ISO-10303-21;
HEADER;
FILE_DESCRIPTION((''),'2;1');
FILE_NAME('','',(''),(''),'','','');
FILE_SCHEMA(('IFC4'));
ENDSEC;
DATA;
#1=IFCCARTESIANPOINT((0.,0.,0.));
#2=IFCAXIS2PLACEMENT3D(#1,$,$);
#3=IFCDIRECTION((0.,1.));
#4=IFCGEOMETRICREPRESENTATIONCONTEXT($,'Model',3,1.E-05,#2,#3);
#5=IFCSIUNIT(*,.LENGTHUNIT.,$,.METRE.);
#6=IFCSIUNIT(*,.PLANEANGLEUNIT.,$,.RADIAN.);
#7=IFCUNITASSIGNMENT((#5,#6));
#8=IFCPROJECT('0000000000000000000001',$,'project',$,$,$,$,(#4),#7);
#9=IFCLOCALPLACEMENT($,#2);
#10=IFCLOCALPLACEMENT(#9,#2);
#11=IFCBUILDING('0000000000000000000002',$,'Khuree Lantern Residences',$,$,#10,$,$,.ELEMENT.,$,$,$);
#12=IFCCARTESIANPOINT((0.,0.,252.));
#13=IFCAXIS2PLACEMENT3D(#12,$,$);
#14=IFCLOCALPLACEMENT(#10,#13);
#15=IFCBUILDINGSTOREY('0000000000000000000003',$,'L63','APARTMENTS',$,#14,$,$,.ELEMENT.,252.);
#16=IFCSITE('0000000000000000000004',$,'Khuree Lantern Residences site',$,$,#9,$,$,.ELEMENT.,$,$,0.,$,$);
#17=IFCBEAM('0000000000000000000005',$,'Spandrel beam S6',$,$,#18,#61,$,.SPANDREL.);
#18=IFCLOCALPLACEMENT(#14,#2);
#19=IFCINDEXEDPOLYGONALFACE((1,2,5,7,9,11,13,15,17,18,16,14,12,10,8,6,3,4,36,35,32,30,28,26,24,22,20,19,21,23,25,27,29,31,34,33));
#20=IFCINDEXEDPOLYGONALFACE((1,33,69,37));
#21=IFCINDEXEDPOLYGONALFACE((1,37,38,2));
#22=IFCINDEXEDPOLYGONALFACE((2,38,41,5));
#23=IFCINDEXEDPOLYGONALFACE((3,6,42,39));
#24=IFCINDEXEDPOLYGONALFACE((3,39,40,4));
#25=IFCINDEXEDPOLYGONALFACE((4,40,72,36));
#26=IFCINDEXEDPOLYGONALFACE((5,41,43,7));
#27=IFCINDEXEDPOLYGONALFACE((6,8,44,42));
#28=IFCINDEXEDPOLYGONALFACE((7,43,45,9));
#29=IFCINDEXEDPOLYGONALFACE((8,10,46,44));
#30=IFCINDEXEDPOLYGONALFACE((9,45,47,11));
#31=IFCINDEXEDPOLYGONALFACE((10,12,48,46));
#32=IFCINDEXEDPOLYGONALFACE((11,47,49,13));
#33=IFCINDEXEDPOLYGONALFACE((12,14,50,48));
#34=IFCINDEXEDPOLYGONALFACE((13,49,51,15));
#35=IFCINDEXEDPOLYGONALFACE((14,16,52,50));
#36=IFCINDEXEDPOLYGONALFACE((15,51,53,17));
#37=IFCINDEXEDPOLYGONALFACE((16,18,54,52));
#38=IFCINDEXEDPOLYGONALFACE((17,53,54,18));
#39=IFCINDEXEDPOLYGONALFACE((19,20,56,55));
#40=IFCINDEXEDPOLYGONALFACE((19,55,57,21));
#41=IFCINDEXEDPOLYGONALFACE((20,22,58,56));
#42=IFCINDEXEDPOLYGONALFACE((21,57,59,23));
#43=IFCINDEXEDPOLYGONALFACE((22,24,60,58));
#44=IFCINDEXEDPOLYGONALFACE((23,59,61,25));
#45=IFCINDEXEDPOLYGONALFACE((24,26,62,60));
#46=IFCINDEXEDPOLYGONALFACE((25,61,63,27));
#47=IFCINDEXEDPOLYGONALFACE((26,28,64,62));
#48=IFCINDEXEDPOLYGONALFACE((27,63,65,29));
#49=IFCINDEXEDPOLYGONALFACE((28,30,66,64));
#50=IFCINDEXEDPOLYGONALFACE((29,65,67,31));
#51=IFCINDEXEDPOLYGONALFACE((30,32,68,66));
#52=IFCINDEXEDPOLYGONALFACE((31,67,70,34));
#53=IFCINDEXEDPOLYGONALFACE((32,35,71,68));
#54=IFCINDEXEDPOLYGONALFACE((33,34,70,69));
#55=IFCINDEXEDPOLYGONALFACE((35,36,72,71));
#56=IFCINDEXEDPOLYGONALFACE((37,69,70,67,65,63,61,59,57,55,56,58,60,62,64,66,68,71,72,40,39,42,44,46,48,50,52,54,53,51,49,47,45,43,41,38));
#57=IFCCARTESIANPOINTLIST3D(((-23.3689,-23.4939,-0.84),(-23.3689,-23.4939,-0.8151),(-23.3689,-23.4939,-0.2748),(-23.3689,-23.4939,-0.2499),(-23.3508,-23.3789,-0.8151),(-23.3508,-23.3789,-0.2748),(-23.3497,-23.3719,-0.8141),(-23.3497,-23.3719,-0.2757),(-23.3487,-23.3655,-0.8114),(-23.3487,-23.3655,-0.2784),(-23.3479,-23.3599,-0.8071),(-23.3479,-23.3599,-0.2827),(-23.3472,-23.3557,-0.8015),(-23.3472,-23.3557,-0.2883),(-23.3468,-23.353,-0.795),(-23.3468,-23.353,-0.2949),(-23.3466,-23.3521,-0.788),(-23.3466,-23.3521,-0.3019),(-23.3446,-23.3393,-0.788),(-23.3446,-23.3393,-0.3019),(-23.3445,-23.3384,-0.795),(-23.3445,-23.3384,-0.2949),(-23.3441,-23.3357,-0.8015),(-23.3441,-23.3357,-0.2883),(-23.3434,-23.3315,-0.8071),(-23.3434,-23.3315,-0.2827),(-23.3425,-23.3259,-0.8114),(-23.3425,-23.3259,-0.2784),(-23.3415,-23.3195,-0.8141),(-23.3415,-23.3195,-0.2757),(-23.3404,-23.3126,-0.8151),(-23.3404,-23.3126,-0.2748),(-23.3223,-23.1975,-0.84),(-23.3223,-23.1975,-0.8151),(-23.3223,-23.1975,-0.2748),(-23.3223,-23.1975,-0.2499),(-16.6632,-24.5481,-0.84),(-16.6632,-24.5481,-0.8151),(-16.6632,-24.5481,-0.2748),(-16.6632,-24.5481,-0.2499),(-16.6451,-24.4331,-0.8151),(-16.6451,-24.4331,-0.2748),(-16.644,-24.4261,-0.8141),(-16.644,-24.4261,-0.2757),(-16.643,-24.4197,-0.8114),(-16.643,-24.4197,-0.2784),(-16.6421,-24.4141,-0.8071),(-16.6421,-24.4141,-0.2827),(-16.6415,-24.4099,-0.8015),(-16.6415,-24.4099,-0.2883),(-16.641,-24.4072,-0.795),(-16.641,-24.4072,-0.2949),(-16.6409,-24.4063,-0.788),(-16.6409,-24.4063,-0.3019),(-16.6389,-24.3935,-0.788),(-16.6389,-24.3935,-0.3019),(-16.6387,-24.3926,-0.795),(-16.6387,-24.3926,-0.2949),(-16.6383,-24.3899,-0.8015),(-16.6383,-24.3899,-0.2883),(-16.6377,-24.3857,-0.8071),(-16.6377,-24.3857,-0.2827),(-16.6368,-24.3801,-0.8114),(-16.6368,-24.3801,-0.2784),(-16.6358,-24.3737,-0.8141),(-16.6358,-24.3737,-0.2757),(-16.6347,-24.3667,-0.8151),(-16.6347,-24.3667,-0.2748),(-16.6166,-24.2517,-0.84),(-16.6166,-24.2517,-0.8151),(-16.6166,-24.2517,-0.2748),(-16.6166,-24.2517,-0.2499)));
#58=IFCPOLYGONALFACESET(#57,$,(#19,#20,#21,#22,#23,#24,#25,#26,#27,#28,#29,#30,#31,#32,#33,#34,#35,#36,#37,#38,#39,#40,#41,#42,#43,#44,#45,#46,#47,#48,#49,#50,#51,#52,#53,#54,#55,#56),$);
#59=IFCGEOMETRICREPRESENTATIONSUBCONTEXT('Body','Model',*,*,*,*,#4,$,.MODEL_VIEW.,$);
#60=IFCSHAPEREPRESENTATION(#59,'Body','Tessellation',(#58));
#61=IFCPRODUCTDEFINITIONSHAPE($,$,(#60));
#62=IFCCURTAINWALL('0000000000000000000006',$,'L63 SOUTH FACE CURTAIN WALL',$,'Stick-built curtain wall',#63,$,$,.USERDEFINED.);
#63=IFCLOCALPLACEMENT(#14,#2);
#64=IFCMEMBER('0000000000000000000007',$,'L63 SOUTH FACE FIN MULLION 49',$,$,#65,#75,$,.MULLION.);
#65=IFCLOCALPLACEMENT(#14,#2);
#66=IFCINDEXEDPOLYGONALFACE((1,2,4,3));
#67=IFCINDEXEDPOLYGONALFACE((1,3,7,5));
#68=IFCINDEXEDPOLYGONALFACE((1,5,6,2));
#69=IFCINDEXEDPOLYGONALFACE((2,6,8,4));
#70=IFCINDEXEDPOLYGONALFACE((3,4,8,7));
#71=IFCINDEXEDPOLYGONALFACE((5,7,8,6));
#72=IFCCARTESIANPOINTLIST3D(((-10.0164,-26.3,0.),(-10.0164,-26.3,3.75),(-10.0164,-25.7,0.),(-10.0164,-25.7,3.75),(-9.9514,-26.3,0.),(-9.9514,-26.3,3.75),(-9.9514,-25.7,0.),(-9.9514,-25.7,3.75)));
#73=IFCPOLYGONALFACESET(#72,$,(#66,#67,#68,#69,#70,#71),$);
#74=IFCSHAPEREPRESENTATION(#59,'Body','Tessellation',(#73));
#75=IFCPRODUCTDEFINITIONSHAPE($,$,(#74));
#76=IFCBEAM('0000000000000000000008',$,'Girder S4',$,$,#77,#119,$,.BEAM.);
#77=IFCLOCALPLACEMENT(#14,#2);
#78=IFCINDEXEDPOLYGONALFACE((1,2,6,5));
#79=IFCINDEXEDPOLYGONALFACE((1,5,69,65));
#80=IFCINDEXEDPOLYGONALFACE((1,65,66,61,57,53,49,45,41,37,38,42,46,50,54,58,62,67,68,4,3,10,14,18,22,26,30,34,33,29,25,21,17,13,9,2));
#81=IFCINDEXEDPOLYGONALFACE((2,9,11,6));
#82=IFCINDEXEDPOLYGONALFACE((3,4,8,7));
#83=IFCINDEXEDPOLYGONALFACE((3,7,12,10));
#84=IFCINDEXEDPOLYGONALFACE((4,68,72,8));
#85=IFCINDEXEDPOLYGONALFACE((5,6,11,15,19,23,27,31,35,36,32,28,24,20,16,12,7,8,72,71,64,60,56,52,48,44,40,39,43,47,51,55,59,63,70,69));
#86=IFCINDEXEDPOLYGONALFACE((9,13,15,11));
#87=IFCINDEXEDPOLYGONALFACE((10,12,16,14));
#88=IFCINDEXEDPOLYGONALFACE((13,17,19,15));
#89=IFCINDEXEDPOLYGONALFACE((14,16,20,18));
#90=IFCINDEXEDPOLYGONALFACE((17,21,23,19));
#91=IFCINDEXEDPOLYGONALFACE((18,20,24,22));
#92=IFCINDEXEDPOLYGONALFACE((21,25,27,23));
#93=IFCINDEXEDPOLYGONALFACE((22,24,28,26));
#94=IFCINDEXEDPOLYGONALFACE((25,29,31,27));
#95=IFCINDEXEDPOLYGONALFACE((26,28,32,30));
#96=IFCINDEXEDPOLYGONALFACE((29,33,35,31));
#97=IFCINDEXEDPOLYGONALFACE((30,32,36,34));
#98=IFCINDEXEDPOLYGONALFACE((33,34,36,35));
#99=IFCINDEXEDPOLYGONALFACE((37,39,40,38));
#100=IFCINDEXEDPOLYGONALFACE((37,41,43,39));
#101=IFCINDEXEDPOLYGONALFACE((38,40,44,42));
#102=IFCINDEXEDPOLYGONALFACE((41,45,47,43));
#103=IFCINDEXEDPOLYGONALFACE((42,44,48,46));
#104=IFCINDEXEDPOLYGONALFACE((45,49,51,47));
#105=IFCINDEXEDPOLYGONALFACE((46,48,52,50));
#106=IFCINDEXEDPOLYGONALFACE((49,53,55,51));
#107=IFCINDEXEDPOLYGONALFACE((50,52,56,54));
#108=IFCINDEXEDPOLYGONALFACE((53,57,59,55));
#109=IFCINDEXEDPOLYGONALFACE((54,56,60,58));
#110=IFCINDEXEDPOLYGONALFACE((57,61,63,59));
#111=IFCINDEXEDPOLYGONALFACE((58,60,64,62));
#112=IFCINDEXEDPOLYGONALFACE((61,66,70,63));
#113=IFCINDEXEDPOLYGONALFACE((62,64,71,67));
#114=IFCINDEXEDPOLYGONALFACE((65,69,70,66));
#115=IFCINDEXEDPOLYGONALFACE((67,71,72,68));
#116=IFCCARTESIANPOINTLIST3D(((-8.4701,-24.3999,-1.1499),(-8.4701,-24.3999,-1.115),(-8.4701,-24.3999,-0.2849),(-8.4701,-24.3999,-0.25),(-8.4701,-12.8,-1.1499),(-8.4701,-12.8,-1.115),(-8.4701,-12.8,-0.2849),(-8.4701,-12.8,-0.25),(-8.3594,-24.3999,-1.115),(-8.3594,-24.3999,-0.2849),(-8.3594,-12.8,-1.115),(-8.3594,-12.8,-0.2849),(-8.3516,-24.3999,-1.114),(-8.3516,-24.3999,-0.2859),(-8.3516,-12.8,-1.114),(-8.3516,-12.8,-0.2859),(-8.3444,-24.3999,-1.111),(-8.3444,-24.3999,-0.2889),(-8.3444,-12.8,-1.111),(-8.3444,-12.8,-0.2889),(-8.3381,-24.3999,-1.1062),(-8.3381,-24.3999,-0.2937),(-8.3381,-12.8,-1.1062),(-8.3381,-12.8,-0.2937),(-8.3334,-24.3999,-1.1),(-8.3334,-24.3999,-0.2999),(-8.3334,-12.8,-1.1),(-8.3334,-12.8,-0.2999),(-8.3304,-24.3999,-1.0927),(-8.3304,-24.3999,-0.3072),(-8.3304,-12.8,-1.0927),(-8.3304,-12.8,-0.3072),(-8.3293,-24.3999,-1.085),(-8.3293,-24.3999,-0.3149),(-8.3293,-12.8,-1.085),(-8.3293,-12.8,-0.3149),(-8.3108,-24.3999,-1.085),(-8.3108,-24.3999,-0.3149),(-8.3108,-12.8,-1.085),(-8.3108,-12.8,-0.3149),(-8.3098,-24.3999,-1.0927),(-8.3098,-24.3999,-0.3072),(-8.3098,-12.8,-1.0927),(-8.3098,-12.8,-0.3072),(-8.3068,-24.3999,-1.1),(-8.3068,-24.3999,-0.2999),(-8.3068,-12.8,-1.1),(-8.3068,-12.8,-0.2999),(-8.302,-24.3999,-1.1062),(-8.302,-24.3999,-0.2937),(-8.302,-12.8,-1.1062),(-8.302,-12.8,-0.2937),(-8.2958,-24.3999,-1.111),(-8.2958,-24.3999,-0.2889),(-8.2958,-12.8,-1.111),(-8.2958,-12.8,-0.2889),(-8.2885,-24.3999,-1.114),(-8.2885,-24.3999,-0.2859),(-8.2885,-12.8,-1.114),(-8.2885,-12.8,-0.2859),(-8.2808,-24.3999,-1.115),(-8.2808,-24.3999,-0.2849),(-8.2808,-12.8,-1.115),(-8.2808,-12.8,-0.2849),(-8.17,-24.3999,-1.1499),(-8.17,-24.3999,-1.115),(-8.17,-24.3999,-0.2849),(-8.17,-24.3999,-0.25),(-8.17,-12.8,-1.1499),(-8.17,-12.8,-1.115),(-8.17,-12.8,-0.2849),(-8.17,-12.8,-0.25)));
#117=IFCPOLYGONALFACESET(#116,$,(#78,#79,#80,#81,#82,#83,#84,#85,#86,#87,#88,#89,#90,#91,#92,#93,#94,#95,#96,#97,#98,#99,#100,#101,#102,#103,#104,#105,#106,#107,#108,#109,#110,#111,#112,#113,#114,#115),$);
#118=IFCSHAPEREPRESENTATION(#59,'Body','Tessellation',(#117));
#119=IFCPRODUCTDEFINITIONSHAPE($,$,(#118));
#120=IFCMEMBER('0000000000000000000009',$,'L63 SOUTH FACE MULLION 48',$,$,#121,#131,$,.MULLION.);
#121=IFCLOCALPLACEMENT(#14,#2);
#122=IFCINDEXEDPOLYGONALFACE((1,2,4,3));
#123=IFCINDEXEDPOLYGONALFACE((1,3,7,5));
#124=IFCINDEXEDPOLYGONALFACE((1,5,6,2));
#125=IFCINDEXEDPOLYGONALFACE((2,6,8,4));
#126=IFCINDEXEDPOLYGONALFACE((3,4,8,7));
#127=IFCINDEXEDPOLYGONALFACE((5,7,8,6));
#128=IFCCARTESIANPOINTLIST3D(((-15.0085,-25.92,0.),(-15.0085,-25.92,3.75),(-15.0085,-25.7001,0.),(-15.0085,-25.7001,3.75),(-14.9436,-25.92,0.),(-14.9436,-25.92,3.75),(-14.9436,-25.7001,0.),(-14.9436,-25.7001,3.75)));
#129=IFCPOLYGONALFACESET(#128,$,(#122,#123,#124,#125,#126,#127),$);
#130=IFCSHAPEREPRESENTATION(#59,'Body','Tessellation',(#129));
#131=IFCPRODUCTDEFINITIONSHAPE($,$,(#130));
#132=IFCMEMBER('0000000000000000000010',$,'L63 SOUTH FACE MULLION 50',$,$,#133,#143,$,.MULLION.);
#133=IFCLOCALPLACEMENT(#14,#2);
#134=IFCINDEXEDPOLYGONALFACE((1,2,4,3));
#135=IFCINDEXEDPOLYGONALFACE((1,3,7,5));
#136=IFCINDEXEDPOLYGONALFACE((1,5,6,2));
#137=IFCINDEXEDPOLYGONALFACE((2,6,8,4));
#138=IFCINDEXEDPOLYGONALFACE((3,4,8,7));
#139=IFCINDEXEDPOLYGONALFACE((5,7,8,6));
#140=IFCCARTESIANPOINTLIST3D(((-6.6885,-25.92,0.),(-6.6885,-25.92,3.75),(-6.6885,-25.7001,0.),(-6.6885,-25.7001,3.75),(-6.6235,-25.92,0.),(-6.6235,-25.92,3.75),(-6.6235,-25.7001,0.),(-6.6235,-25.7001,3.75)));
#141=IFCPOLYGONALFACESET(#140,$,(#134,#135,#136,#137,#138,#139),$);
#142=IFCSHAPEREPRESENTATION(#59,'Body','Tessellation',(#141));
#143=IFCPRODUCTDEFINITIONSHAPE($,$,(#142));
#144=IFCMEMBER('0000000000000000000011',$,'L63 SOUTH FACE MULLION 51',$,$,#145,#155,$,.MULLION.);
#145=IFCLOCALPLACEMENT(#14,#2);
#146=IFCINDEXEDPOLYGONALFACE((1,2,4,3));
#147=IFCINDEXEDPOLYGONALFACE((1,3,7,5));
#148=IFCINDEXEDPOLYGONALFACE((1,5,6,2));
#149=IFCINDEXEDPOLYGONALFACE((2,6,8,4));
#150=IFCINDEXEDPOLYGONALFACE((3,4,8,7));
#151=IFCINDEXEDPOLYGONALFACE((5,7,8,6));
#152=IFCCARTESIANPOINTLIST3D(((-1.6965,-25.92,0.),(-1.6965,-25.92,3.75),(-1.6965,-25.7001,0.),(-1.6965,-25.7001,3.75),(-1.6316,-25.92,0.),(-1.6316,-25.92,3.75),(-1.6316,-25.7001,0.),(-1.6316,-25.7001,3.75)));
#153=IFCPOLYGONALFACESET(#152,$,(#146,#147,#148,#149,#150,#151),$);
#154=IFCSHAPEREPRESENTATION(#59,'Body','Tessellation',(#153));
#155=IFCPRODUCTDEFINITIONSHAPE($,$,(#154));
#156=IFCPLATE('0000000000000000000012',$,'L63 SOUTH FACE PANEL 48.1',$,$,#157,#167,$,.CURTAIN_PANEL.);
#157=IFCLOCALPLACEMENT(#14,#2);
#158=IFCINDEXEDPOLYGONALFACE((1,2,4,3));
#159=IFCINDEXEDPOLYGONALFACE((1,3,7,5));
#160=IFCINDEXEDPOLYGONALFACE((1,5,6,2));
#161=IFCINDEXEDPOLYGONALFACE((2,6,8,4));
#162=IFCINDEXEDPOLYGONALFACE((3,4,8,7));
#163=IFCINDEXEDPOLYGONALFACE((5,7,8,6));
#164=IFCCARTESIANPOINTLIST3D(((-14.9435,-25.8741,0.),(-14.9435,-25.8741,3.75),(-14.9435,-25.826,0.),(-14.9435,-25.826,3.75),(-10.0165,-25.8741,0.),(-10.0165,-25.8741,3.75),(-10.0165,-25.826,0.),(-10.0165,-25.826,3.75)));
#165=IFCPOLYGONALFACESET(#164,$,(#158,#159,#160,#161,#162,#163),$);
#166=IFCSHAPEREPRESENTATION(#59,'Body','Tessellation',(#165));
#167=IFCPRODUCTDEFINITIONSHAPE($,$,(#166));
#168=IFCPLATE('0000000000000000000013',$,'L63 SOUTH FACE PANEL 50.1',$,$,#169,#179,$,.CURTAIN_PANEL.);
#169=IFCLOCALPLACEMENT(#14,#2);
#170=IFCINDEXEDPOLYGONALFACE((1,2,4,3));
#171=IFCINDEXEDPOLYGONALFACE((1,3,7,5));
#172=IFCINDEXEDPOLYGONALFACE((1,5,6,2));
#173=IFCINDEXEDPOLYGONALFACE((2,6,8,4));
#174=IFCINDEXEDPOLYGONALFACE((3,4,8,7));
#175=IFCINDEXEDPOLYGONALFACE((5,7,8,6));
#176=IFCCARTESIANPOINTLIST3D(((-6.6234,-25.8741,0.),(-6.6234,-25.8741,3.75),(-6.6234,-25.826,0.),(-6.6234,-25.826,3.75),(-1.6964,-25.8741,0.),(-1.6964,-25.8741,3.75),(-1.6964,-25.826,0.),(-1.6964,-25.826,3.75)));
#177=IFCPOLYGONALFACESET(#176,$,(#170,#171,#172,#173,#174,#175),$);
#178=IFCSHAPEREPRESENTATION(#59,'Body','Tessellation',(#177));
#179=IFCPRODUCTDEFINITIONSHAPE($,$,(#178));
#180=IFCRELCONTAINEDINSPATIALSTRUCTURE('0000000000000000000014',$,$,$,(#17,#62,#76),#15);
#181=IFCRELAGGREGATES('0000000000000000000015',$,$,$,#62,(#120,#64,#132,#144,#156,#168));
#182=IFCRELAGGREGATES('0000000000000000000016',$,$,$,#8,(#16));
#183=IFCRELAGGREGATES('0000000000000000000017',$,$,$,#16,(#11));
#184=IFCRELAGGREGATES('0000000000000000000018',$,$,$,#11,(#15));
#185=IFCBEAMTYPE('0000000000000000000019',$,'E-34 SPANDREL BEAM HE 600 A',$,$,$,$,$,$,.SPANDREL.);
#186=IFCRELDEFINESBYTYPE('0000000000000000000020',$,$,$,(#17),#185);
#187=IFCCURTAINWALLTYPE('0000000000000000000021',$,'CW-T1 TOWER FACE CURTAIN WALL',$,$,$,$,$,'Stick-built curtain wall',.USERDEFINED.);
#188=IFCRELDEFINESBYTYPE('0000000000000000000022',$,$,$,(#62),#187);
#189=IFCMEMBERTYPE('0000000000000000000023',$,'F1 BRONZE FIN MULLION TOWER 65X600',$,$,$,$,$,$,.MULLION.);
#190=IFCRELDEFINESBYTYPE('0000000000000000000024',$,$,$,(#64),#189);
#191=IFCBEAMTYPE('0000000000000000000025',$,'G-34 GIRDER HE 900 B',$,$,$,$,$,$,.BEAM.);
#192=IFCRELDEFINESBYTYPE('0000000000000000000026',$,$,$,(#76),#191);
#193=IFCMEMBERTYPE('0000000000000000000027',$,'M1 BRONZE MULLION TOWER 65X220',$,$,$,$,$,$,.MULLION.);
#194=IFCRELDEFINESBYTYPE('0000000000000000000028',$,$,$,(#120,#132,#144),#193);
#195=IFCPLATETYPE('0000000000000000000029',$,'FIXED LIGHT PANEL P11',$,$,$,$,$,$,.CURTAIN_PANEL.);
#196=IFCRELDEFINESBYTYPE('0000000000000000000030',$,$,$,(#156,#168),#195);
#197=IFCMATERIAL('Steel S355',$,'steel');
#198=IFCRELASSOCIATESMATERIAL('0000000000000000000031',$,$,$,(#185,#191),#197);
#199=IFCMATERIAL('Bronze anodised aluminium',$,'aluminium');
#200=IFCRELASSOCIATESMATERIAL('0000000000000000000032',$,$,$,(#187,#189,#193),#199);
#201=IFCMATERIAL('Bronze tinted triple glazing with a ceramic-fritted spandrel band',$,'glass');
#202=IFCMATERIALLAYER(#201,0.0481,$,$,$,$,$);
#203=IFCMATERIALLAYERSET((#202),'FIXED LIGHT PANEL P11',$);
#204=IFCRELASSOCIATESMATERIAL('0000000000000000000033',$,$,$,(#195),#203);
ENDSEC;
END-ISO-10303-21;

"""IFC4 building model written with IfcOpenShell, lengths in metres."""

from ifc_helpers import new_model, si_unit, direction, frame, origin, origin_2d, place, context, subcontext, project, spatial, rectangle, i_section, extrude, material, layer, layer_set, material_profile, profile_set, type_object, element, aggregate, save


model = new_model("IFC4")

# Units and contexts
model_context = context("Model", 3, precision=1e-05, world=origin(), true_north=direction((0.0, 1.0)))
body_context = subcontext(model_context, "Body", "Model", "MODEL_VIEW")
ifc_project = project(units=[si_unit("LENGTHUNIT", "METRE"), si_unit("PLANEANGLEUNIT", "RADIAN")], contexts=[model_context])

# Site, building, storey
site_placement = place(None, origin())
site = spatial("IfcSite", under=ifc_project, at=site_placement, Name="Khuree Lantern Residences site", CompositionType="ELEMENT", RefElevation=0.0)
building_placement = place(site_placement, origin())
building = spatial("IfcBuilding", under=site, at=building_placement, Name="Khuree Lantern Residences", CompositionType="ELEMENT")
storey_placement = place(building_placement, frame((0.0, 0.0, 252.0)))
storey = spatial("IfcBuildingStorey", under=building, at=storey_placement, Name="L63", Description="APARTMENTS", CompositionType="ELEMENT", Elevation=252.0)

# Beam
ifc_material_1 = material(Name="Steel S355", Category="steel")
ifc_material_profile_1 = material_profile(ifc_material_1, i_section(OverallWidth=0.3, OverallDepth=0.5901, WebThickness=0.0129, FlangeThickness=0.0249, FilletRadius=0.0271, at=origin_2d()), Name="HE 600 A")
ifc_profile_set_1 = profile_set([ifc_material_profile_1], Name="Steel S355")
beam_type_1 = type_object("IfcBeamType", Name="E-34 SPANDREL BEAM HE 600 A", PredefinedType="SPANDREL", material=ifc_profile_set_1)
beam_1_placement = place(storey_placement, frame((-16.6399, -24.3999, -0.5449), z_axis=(-0.987867, 0.1553, 0.0), x_axis=(-0.1553, -0.987867, 0.0)))
element("IfcBeam", 1, at=beam_1_placement, inside=storey, type_object=beam_type_1, Name="Spandrel beam S6", PredefinedType="SPANDREL", context=body_context, shape_type="SweptSolid", body=[
    extrude(i_section(OverallWidth=0.3, OverallDepth=0.5901, WebThickness=0.0129, FlangeThickness=0.0249, FilletRadius=0.0271, at=origin_2d()), origin(), (0.0, 0.0, 1.0), 6.7881),
])

# Curtain wall, member
ifc_material_2 = material(Name="Bronze anodised aluminium", Category="aluminium")
curtain_wall_type = type_object("IfcCurtainWallType", Name="CW-T1 TOWER FACE CURTAIN WALL", ElementType="Stick-built curtain wall", PredefinedType="USERDEFINED", material=ifc_material_2)
curtain_wall_placement = place(storey_placement, origin())
curtain_wall = element("IfcCurtainWall", 2, at=curtain_wall_placement, inside=storey, type_object=curtain_wall_type, Name="L63 SOUTH FACE CURTAIN WALL", ObjectType="Stick-built curtain wall", PredefinedType="USERDEFINED")
ifc_material_profile_2 = material_profile(ifc_material_2, rectangle(XDim=0.0649, YDim=0.6001, at=origin_2d()), Name="F1 65X600")
ifc_profile_set_2 = profile_set([ifc_material_profile_2], Name="Bronze anodised aluminium")
member_type_1 = type_object("IfcMemberType", Name="F1 BRONZE FIN MULLION TOWER 65X600", PredefinedType="MULLION", material=ifc_profile_set_2)
member_1_placement = place(storey_placement, frame((-9.9839, -26.0, 0.0), z_axis=(0.0, 0.0, 1.0), x_axis=(1.0, 0.0, 0.0)))
member_1 = element("IfcMember", 3, at=member_1_placement, type_object=member_type_1, Name="L63 SOUTH FACE FIN MULLION 49", PredefinedType="MULLION", context=body_context, shape_type="SweptSolid", body=[
    extrude(rectangle(XDim=0.0649, YDim=0.6001, at=origin_2d()), origin(), (0.0, 0.0, 1.0), 3.75),
])

# Beam
ifc_material_profile_3 = material_profile(ifc_material_1, i_section(OverallWidth=0.3, OverallDepth=0.8999, WebThickness=0.0186, FlangeThickness=0.0349, FilletRadius=0.03, at=origin_2d()), Name="HE 900 B")
ifc_profile_set_3 = profile_set([ifc_material_profile_3], Name="Steel S355")
beam_type_2 = type_object("IfcBeamType", Name="G-34 GIRDER HE 900 B", PredefinedType="BEAM", material=ifc_profile_set_3)
beam_2_placement = place(storey_placement, frame((-8.3201, -24.3999, -0.7), z_axis=(0.0, 1.0, 0.0), x_axis=(-1.0, 0.0, 0.0)))
element("IfcBeam", 4, at=beam_2_placement, inside=storey, type_object=beam_type_2, Name="Girder S4", PredefinedType="BEAM", context=body_context, shape_type="SweptSolid", body=[
    extrude(i_section(OverallWidth=0.3, OverallDepth=0.8999, WebThickness=0.0186, FlangeThickness=0.0349, FilletRadius=0.03, at=origin_2d()), origin(), (0.0, 0.0, 1.0), 11.5999),
])

# Members
ifc_material_profile_4 = material_profile(ifc_material_2, rectangle(XDim=0.0649, YDim=0.22, at=origin_2d()), Name="M1 65X220")
ifc_profile_set_4 = profile_set([ifc_material_profile_4], Name="Bronze anodised aluminium")
member_type_2 = type_object("IfcMemberType", Name="M1 BRONZE MULLION TOWER 65X220", PredefinedType="MULLION", material=ifc_profile_set_4)
member_2_placement = place(storey_placement, frame((-14.9761, -25.8101, 0.0), z_axis=(0.0, 0.0, 1.0), x_axis=(1.0, 0.0, 0.0)))
member_2 = element("IfcMember", 5, at=member_2_placement, type_object=member_type_2, Name="L63 SOUTH FACE MULLION 48", PredefinedType="MULLION", context=body_context, shape_type="SweptSolid", body=[
    extrude(rectangle(XDim=0.0649, YDim=0.22, at=origin_2d()), origin(), (0.0, 0.0, 1.0), 3.75),
])
member_3_placement = place(storey_placement, frame((-6.656, -25.8101, 0.0), z_axis=(0.0, 0.0, 1.0), x_axis=(1.0, 0.0, 0.0)))
member_3 = element("IfcMember", 6, at=member_3_placement, type_object=member_type_2, Name="L63 SOUTH FACE MULLION 50", PredefinedType="MULLION", context=body_context, shape_type="SweptSolid", body=[
    extrude(rectangle(XDim=0.0649, YDim=0.22, at=origin_2d()), origin(), (0.0, 0.0, 1.0), 3.75),
])
member_4_placement = place(storey_placement, frame((-1.6641, -25.8101, 0.0), z_axis=(0.0, 0.0, 1.0), x_axis=(1.0, 0.0, 0.0)))
member_4 = element("IfcMember", 7, at=member_4_placement, type_object=member_type_2, Name="L63 SOUTH FACE MULLION 51", PredefinedType="MULLION", context=body_context, shape_type="SweptSolid", body=[
    extrude(rectangle(XDim=0.0649, YDim=0.22, at=origin_2d()), origin(), (0.0, 0.0, 1.0), 3.75),
])

# Plates
ifc_material_3 = material(Name="Bronze tinted triple glazing with a ceramic-fritted spandrel band", Category="glass")
ifc_layer_1 = layer(ifc_material_3, 0.0481)
ifc_layer_set_1 = layer_set([ifc_layer_1], Name="FIXED LIGHT PANEL P11")
plate_type_1 = type_object("IfcPlateType", Name="FIXED LIGHT PANEL P11", PredefinedType="CURTAIN_PANEL", material=ifc_layer_set_1)
plate_1_placement = place(storey_placement, frame((-12.48, -25.8501, 0.0), z_axis=(0.0, 0.0, 1.0), x_axis=(1.0, 0.0, 0.0)))
plate_1 = element("IfcPlate", 8, at=plate_1_placement, type_object=plate_type_1, Name="L63 SOUTH FACE PANEL 48.1", PredefinedType="CURTAIN_PANEL", context=body_context, shape_type="SweptSolid", body=[
    extrude(rectangle(XDim=4.927, YDim=0.0481, at=origin_2d()), origin(), (0.0, 0.0, 1.0), 3.75),
])
plate_2_placement = place(storey_placement, frame((-4.1599, -25.8501, 0.0), z_axis=(0.0, 0.0, 1.0), x_axis=(1.0, 0.0, 0.0)))
plate_2 = element("IfcPlate", 9, at=plate_2_placement, type_object=plate_type_1, Name="L63 SOUTH FACE PANEL 50.1", PredefinedType="CURTAIN_PANEL", context=body_context, shape_type="SweptSolid", body=[
    extrude(rectangle(XDim=4.927, YDim=0.0481, at=origin_2d()), origin(), (0.0, 0.0, 1.0), 3.75),
])
aggregate(curtain_wall, [member_2, member_1, member_3, member_4, plate_1, plate_2])

save(model, "model.ifc")
